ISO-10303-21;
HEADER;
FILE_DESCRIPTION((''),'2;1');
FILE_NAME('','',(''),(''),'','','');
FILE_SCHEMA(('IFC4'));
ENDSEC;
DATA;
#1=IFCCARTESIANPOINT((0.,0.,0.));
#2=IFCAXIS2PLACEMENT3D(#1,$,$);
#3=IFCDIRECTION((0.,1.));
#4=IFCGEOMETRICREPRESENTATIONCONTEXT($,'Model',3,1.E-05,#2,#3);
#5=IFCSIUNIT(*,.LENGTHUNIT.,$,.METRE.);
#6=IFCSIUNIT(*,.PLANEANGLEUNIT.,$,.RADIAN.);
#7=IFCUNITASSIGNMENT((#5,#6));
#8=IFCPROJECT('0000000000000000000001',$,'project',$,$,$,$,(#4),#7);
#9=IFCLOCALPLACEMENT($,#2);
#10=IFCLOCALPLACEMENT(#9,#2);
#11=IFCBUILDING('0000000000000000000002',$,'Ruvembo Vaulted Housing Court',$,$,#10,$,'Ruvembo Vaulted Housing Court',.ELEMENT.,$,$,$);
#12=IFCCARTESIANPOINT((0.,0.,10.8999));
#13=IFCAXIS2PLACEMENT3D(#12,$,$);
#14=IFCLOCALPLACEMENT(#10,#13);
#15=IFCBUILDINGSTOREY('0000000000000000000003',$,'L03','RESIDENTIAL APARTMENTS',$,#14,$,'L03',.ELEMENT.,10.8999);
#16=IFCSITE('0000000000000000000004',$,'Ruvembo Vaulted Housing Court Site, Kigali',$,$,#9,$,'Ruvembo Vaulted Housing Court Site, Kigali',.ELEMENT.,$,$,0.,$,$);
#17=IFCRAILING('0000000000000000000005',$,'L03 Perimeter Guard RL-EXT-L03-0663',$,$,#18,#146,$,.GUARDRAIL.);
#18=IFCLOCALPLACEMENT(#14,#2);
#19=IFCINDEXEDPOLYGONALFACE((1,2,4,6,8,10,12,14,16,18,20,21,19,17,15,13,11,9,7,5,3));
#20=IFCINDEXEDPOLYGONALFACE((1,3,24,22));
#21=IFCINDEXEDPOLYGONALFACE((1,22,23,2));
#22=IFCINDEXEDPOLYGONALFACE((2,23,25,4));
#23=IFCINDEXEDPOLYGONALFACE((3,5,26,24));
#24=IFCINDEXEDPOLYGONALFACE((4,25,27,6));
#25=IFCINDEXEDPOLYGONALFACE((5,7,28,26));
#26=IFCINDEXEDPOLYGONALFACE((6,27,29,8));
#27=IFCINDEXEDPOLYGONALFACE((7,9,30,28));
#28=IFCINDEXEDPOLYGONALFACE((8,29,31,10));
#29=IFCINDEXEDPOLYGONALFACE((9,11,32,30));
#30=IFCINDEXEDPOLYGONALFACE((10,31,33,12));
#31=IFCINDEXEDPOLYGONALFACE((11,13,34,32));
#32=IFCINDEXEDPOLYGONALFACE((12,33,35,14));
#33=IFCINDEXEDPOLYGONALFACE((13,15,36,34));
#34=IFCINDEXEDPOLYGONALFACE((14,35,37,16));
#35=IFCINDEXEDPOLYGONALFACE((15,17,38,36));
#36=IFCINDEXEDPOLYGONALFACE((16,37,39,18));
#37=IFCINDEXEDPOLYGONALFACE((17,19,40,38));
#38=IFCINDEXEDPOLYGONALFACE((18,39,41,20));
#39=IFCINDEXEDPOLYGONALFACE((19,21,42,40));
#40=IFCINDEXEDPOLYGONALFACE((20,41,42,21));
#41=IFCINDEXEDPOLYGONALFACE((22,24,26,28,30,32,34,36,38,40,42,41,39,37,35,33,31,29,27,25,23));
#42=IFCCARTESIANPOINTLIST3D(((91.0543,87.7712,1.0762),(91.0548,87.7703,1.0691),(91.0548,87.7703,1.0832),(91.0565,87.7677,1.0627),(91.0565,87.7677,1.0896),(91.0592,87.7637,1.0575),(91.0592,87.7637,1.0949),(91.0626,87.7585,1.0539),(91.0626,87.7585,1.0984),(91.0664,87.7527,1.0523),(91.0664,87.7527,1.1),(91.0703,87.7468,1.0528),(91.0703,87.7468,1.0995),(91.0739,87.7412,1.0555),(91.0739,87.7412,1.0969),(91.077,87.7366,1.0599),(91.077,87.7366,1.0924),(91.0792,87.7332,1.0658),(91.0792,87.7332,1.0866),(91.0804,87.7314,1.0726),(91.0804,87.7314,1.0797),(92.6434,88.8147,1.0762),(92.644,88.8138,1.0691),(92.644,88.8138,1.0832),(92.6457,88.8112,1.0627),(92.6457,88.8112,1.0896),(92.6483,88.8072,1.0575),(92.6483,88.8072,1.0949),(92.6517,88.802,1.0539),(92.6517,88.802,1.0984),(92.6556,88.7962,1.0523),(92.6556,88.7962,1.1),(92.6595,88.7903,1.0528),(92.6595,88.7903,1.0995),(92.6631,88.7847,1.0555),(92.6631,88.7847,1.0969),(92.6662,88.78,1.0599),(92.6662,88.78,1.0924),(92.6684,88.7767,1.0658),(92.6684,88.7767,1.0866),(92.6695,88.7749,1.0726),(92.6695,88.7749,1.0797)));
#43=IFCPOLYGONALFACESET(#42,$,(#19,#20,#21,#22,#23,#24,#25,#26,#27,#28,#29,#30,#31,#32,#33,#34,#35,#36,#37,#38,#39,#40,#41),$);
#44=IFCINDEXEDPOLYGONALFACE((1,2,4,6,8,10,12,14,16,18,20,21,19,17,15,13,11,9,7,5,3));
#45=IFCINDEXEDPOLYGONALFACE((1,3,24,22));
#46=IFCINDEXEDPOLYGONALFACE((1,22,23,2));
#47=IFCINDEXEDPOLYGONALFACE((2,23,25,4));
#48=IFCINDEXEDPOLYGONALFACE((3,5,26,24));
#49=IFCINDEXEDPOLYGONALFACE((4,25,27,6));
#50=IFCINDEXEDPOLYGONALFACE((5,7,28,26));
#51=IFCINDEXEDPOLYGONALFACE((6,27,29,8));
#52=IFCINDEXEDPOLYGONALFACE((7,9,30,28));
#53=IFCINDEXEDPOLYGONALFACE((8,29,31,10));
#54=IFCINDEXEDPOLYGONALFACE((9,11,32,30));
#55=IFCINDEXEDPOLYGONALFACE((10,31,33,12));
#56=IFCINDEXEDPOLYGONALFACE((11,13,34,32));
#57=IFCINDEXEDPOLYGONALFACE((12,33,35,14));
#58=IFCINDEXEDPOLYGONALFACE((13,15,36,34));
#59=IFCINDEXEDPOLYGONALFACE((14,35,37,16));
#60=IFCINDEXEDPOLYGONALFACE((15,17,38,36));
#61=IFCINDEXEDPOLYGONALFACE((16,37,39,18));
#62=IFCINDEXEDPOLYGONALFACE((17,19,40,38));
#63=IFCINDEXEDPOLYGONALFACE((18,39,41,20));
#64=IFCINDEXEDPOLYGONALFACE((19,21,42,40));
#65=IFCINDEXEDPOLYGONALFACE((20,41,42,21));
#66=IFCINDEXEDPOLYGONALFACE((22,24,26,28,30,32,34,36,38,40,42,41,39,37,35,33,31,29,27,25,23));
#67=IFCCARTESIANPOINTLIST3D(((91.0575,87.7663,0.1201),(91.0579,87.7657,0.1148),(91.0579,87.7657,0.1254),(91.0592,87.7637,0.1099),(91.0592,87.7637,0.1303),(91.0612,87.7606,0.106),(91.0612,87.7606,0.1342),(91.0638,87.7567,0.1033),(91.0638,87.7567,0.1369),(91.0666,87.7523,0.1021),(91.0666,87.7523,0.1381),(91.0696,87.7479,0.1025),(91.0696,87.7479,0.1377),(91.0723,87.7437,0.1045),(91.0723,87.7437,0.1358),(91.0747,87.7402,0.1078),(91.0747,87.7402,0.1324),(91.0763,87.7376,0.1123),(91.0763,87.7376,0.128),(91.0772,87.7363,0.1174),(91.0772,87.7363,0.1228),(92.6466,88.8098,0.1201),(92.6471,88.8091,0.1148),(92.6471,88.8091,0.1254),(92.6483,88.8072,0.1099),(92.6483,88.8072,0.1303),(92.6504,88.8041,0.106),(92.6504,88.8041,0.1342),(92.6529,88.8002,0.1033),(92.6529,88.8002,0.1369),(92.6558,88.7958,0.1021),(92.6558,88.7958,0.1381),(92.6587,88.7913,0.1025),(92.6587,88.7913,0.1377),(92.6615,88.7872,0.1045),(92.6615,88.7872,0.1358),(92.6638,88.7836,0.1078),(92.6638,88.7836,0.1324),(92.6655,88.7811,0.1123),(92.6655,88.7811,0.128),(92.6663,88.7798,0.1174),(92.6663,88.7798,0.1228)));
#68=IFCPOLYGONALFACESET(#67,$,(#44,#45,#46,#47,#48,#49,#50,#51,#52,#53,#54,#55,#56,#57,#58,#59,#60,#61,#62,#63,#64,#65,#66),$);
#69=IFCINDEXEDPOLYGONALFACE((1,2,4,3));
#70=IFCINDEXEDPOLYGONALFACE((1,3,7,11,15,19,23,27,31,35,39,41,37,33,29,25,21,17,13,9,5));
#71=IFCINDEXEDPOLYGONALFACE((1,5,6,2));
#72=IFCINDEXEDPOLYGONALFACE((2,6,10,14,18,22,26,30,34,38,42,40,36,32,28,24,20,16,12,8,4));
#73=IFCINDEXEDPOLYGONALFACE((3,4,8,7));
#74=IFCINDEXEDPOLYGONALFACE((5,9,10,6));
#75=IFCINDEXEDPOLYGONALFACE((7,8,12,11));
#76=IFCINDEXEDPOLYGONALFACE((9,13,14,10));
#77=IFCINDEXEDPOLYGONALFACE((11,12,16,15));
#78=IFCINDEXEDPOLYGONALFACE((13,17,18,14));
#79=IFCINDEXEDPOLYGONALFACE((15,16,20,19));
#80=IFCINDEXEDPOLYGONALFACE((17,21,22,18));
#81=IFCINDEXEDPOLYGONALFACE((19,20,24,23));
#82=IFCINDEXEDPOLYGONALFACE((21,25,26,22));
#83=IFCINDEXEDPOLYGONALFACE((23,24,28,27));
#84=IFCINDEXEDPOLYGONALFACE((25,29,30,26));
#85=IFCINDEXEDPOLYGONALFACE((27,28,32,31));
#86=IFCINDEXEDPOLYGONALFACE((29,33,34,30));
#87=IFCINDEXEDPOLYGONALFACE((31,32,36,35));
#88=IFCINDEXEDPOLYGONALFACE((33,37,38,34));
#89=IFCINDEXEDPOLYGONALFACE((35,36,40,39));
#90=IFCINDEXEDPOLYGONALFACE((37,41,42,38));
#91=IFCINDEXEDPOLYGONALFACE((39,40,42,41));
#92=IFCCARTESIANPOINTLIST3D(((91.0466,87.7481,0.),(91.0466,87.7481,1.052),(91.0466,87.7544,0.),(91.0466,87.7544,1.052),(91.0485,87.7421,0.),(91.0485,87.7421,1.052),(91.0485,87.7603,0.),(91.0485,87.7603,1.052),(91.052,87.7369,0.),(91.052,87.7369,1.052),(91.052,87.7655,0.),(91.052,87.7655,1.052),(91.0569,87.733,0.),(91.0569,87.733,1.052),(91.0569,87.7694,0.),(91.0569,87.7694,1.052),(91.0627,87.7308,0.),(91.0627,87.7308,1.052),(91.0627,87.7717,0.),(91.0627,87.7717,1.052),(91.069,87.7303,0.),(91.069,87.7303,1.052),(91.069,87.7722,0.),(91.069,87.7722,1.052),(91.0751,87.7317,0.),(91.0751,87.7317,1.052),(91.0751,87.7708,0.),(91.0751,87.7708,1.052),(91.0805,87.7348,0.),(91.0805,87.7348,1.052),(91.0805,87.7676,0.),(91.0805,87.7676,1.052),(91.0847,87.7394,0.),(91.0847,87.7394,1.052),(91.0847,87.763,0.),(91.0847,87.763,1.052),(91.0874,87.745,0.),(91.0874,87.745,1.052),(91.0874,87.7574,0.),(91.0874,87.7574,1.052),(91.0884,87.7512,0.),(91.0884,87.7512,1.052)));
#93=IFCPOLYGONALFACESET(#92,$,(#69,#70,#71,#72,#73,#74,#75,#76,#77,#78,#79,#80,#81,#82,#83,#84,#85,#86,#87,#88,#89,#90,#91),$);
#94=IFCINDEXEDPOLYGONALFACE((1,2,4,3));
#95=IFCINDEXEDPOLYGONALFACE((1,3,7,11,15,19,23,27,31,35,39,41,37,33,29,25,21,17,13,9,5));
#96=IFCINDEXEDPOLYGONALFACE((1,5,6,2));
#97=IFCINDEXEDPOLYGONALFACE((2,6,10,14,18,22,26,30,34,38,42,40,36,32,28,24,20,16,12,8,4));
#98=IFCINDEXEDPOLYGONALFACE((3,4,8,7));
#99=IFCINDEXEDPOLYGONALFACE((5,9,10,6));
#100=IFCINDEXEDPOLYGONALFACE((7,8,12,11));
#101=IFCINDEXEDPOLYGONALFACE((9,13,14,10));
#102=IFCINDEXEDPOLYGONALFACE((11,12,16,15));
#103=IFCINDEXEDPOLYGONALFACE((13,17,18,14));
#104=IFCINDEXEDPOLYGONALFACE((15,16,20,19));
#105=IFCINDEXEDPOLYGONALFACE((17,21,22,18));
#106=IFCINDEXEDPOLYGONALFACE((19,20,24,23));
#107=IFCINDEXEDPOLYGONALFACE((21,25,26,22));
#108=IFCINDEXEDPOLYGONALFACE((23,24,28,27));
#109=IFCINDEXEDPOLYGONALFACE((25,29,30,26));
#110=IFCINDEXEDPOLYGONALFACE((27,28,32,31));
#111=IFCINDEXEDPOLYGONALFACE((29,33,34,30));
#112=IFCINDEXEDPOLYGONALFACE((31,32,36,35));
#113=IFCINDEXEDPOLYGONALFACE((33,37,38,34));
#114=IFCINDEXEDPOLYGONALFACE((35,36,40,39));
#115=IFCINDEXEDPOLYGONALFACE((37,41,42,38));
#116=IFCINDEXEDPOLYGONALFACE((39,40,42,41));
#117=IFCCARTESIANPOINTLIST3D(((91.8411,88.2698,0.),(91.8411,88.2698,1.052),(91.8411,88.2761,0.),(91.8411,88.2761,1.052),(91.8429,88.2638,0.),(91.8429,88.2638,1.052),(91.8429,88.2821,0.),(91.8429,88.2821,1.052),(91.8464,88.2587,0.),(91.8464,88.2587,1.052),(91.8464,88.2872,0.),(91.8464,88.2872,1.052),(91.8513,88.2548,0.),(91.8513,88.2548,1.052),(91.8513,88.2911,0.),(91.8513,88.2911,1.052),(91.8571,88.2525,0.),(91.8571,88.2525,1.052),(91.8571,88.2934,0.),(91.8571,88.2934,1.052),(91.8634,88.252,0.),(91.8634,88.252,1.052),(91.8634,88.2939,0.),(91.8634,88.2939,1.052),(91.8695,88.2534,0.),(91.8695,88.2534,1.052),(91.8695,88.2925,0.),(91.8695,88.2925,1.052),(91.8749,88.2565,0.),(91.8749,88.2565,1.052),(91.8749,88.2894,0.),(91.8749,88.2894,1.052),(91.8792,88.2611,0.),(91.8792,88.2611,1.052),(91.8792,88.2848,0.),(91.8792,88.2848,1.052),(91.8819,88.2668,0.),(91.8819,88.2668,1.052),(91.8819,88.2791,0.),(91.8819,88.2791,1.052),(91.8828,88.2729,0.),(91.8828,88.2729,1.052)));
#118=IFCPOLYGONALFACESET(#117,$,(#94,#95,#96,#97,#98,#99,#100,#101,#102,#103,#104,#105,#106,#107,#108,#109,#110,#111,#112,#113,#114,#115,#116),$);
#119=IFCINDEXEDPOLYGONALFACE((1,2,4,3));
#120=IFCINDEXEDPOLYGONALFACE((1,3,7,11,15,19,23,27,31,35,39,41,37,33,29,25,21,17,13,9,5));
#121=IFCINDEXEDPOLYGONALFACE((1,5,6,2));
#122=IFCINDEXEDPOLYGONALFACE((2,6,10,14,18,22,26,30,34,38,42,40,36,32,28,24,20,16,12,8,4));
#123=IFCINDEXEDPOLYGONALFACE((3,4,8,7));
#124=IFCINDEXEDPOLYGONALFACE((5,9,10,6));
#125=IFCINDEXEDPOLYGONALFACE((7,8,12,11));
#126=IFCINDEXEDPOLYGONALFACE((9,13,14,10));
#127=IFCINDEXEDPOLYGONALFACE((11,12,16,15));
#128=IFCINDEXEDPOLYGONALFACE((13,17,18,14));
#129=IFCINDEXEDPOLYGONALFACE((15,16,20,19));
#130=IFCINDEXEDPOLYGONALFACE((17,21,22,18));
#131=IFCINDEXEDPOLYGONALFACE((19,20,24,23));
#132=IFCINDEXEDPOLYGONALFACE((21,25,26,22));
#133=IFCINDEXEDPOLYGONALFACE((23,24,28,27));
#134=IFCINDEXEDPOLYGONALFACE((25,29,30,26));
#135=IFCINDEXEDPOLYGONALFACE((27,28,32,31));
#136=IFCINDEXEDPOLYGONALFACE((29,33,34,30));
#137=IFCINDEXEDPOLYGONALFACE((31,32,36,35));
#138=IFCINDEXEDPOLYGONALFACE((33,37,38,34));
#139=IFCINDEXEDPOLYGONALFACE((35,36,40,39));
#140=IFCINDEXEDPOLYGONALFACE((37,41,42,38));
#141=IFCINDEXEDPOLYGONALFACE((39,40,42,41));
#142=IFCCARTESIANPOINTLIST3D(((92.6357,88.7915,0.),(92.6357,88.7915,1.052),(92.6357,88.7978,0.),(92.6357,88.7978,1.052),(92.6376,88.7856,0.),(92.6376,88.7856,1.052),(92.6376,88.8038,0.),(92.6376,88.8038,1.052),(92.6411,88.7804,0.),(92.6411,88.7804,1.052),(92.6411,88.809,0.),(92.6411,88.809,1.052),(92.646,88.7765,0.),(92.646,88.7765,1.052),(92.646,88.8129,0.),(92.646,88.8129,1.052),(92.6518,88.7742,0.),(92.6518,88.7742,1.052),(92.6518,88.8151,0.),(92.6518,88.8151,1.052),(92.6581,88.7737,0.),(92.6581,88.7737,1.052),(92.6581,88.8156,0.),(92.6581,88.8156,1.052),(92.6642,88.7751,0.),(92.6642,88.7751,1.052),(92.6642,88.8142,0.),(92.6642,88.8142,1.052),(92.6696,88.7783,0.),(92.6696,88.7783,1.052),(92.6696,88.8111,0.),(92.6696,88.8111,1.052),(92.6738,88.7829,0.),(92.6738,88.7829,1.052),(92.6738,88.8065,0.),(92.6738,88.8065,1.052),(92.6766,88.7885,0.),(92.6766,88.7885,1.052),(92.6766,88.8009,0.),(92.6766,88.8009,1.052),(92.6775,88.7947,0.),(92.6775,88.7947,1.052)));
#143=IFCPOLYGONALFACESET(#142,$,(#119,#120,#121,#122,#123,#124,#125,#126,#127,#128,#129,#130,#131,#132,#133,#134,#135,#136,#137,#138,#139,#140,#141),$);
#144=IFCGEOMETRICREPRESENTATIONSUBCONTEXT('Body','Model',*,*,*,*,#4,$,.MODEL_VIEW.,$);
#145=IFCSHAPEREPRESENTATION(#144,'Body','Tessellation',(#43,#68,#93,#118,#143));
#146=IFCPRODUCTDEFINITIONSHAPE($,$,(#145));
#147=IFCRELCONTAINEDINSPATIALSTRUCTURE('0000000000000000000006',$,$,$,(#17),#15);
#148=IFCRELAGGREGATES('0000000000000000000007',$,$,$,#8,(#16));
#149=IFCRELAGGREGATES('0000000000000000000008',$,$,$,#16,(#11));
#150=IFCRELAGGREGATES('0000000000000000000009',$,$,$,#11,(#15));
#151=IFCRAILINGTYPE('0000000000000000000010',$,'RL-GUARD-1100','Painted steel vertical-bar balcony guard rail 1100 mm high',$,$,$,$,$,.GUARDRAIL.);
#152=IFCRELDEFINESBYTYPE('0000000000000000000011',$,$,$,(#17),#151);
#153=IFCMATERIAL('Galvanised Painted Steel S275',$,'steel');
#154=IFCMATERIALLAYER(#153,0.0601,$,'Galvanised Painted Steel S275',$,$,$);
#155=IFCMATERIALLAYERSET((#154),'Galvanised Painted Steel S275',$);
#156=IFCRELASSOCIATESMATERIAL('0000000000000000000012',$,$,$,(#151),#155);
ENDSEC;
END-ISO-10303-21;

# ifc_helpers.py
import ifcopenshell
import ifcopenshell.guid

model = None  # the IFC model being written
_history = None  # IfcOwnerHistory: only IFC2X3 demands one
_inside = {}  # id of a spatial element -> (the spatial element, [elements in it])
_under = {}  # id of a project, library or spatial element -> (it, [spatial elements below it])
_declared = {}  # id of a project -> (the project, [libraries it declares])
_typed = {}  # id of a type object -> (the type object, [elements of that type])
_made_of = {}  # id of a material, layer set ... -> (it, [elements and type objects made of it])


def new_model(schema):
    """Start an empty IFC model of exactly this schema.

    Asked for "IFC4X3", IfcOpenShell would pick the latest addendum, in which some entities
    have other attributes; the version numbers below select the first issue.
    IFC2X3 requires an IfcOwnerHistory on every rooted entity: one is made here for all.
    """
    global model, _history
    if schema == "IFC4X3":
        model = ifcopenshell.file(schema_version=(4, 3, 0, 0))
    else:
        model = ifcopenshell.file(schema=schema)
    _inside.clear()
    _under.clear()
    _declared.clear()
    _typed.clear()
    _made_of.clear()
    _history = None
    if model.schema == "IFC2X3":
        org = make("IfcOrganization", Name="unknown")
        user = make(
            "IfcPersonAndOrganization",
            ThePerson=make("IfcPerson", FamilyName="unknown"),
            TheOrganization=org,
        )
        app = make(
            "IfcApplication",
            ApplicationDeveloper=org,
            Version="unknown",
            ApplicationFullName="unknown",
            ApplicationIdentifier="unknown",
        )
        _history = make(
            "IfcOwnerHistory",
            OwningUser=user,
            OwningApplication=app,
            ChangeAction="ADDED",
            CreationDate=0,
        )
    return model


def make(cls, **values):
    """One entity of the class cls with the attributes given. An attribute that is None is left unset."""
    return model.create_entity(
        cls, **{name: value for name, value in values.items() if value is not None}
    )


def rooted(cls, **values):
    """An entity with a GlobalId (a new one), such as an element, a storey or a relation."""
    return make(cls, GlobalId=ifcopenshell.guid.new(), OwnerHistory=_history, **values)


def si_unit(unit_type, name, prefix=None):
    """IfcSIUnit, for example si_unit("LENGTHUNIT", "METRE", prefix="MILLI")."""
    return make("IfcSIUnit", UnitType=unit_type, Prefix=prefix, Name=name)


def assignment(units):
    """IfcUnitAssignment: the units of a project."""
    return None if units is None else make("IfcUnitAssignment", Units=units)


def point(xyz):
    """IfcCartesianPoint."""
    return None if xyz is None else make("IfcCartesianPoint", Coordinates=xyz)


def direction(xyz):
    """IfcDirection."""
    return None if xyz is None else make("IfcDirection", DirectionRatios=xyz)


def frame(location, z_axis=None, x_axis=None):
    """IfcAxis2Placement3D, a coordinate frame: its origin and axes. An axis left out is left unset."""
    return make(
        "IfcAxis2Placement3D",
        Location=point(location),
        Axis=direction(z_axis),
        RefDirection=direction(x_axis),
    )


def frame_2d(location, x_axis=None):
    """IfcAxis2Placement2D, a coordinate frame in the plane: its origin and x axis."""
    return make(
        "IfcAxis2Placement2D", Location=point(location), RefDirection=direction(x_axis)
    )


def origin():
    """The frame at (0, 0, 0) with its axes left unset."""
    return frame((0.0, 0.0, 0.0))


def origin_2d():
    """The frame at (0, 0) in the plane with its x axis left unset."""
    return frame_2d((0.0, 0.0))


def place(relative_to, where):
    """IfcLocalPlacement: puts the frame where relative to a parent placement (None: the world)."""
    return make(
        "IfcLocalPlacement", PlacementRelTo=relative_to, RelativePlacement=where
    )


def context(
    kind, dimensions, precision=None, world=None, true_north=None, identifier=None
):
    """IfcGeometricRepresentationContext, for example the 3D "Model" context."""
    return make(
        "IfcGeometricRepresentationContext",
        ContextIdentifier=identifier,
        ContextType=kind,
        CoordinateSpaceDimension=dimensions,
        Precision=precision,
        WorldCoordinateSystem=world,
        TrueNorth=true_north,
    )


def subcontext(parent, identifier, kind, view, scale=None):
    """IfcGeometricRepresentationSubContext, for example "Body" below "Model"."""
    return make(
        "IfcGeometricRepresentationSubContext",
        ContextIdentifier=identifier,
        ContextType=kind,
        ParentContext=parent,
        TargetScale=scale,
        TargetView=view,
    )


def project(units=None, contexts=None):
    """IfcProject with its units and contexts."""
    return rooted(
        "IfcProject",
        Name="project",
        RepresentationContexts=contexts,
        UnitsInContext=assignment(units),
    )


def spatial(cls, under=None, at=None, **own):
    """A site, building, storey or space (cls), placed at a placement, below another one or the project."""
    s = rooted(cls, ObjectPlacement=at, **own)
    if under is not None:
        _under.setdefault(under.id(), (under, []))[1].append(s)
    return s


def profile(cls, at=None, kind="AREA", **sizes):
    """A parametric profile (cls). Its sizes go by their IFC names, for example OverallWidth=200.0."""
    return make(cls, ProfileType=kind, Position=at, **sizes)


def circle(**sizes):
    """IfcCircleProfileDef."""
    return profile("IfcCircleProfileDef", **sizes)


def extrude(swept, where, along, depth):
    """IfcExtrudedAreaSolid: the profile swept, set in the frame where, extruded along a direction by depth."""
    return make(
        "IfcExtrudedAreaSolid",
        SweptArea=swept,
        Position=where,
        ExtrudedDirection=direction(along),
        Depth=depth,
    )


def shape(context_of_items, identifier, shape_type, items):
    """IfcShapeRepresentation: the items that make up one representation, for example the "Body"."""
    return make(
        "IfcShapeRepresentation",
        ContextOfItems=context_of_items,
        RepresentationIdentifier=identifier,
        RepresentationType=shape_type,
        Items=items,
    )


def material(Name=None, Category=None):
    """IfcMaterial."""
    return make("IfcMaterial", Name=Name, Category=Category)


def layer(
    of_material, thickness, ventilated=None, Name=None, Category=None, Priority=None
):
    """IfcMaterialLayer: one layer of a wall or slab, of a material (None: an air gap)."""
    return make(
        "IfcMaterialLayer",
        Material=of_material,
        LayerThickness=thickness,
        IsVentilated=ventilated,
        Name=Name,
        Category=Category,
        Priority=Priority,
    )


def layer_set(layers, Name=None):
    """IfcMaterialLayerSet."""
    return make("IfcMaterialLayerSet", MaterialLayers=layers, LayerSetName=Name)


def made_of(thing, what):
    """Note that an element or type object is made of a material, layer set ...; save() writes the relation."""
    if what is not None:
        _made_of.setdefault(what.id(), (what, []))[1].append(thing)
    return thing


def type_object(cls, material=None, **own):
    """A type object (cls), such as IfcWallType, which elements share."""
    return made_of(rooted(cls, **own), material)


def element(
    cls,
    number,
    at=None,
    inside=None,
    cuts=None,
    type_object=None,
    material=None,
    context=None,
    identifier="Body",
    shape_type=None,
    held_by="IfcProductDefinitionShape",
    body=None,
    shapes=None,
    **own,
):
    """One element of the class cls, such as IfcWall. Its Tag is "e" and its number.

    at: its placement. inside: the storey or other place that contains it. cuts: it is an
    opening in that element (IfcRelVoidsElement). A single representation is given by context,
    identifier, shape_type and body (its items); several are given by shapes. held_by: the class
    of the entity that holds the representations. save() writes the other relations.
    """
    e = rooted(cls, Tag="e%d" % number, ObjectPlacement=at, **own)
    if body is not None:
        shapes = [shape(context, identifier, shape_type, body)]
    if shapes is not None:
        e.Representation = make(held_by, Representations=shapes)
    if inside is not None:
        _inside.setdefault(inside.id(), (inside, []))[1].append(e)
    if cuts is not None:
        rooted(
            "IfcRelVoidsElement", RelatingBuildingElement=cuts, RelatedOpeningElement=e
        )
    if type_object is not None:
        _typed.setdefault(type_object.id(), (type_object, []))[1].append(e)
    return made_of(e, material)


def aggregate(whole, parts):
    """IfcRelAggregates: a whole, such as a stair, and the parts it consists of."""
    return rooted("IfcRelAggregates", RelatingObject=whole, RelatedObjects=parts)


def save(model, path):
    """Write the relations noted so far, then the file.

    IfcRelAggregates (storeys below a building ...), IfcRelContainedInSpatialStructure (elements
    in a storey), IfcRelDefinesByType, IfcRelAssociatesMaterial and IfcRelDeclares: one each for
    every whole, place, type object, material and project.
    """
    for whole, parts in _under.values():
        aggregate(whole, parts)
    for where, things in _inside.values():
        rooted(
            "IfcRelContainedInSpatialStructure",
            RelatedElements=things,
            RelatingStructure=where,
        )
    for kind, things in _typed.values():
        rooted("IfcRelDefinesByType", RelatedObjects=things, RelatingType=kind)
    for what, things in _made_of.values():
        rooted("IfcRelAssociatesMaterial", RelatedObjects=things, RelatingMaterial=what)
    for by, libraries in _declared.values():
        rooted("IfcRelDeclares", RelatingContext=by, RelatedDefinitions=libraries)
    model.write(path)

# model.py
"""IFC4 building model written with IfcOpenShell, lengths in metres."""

from ifc_helpers import new_model, si_unit, direction, frame, origin, origin_2d, place, context, subcontext, project, spatial, circle, extrude, material, layer, layer_set, type_object, element, save


model = new_model("IFC4")

# Units and contexts
model_context = context("Model", 3, precision=1e-05, world=origin(), true_north=direction((0.0, 1.0)))
body_context = subcontext(model_context, "Body", "Model", "MODEL_VIEW")
ifc_project = project(units=[si_unit("LENGTHUNIT", "METRE"), si_unit("PLANEANGLEUNIT", "RADIAN")], contexts=[model_context])

# Site, building, storey
site_placement = place(None, origin())
site = spatial("IfcSite", under=ifc_project, at=site_placement, Name="Ruvembo Vaulted Housing Court Site, Kigali", LongName="Ruvembo Vaulted Housing Court Site, Kigali", CompositionType="ELEMENT", RefElevation=0.0)
building_placement = place(site_placement, origin())
building = spatial("IfcBuilding", under=site, at=building_placement, Name="Ruvembo Vaulted Housing Court", LongName="Ruvembo Vaulted Housing Court", CompositionType="ELEMENT")
storey_placement = place(building_placement, frame((0.0, 0.0, 10.8999)))
storey = spatial("IfcBuildingStorey", under=building, at=storey_placement, Name="L03", Description="RESIDENTIAL APARTMENTS", LongName="L03", CompositionType="ELEMENT", Elevation=10.8999)

# Railing
ifc_material_1 = material(Name="Galvanised Painted Steel S275", Category="steel")
ifc_layer = layer(ifc_material_1, 0.0601, Name="Galvanised Painted Steel S275")
ifc_layer_set = layer_set([ifc_layer], Name="Galvanised Painted Steel S275")
railing_type = type_object("IfcRailingType", Name="RL-GUARD-1100", Description="Painted steel vertical-bar balcony guard rail 1100 mm high", PredefinedType="GUARDRAIL", material=ifc_layer_set)
railing_1_placement = place(storey_placement, frame((91.0674, 87.7512, 0.0)))
element("IfcRailing", 1, at=railing_1_placement, inside=storey, type_object=railing_type, Name="L03 Perimeter Guard RL-EXT-L03-0663", PredefinedType="GUARDRAIL", context=body_context, shape_type="SweptSolid", body=[
    extrude(circle(Radius=0.0239, at=origin_2d()), frame((0.0, 0.0, 1.0762), z_axis=(0.835902, 0.548878, 0.0), x_axis=(-0.548878, 0.835902, 0.0)), (0.0, 0.0, 1.0), 1.9011),
    extrude(circle(Radius=0.0181, at=origin_2d()), frame((0.0, 0.0, 0.1201), z_axis=(0.835902, 0.548878, 0.0), x_axis=(-0.548878, 0.835902, 0.0)), (0.0, 0.0, 1.0), 1.9011),
    extrude(circle(Radius=0.021, at=origin_2d()), origin(), (0.0, 0.0, 1.0), 1.052),
    extrude(circle(Radius=0.021, at=origin_2d()), frame((0.7944, 0.5217, 0.0)), (0.0, 0.0, 1.0), 1.052),
    extrude(circle(Radius=0.021, at=origin_2d()), frame((1.5891, 1.0435, 0.0)), (0.0, 0.0, 1.0), 1.052),
])

save(model, "model.ifc")
